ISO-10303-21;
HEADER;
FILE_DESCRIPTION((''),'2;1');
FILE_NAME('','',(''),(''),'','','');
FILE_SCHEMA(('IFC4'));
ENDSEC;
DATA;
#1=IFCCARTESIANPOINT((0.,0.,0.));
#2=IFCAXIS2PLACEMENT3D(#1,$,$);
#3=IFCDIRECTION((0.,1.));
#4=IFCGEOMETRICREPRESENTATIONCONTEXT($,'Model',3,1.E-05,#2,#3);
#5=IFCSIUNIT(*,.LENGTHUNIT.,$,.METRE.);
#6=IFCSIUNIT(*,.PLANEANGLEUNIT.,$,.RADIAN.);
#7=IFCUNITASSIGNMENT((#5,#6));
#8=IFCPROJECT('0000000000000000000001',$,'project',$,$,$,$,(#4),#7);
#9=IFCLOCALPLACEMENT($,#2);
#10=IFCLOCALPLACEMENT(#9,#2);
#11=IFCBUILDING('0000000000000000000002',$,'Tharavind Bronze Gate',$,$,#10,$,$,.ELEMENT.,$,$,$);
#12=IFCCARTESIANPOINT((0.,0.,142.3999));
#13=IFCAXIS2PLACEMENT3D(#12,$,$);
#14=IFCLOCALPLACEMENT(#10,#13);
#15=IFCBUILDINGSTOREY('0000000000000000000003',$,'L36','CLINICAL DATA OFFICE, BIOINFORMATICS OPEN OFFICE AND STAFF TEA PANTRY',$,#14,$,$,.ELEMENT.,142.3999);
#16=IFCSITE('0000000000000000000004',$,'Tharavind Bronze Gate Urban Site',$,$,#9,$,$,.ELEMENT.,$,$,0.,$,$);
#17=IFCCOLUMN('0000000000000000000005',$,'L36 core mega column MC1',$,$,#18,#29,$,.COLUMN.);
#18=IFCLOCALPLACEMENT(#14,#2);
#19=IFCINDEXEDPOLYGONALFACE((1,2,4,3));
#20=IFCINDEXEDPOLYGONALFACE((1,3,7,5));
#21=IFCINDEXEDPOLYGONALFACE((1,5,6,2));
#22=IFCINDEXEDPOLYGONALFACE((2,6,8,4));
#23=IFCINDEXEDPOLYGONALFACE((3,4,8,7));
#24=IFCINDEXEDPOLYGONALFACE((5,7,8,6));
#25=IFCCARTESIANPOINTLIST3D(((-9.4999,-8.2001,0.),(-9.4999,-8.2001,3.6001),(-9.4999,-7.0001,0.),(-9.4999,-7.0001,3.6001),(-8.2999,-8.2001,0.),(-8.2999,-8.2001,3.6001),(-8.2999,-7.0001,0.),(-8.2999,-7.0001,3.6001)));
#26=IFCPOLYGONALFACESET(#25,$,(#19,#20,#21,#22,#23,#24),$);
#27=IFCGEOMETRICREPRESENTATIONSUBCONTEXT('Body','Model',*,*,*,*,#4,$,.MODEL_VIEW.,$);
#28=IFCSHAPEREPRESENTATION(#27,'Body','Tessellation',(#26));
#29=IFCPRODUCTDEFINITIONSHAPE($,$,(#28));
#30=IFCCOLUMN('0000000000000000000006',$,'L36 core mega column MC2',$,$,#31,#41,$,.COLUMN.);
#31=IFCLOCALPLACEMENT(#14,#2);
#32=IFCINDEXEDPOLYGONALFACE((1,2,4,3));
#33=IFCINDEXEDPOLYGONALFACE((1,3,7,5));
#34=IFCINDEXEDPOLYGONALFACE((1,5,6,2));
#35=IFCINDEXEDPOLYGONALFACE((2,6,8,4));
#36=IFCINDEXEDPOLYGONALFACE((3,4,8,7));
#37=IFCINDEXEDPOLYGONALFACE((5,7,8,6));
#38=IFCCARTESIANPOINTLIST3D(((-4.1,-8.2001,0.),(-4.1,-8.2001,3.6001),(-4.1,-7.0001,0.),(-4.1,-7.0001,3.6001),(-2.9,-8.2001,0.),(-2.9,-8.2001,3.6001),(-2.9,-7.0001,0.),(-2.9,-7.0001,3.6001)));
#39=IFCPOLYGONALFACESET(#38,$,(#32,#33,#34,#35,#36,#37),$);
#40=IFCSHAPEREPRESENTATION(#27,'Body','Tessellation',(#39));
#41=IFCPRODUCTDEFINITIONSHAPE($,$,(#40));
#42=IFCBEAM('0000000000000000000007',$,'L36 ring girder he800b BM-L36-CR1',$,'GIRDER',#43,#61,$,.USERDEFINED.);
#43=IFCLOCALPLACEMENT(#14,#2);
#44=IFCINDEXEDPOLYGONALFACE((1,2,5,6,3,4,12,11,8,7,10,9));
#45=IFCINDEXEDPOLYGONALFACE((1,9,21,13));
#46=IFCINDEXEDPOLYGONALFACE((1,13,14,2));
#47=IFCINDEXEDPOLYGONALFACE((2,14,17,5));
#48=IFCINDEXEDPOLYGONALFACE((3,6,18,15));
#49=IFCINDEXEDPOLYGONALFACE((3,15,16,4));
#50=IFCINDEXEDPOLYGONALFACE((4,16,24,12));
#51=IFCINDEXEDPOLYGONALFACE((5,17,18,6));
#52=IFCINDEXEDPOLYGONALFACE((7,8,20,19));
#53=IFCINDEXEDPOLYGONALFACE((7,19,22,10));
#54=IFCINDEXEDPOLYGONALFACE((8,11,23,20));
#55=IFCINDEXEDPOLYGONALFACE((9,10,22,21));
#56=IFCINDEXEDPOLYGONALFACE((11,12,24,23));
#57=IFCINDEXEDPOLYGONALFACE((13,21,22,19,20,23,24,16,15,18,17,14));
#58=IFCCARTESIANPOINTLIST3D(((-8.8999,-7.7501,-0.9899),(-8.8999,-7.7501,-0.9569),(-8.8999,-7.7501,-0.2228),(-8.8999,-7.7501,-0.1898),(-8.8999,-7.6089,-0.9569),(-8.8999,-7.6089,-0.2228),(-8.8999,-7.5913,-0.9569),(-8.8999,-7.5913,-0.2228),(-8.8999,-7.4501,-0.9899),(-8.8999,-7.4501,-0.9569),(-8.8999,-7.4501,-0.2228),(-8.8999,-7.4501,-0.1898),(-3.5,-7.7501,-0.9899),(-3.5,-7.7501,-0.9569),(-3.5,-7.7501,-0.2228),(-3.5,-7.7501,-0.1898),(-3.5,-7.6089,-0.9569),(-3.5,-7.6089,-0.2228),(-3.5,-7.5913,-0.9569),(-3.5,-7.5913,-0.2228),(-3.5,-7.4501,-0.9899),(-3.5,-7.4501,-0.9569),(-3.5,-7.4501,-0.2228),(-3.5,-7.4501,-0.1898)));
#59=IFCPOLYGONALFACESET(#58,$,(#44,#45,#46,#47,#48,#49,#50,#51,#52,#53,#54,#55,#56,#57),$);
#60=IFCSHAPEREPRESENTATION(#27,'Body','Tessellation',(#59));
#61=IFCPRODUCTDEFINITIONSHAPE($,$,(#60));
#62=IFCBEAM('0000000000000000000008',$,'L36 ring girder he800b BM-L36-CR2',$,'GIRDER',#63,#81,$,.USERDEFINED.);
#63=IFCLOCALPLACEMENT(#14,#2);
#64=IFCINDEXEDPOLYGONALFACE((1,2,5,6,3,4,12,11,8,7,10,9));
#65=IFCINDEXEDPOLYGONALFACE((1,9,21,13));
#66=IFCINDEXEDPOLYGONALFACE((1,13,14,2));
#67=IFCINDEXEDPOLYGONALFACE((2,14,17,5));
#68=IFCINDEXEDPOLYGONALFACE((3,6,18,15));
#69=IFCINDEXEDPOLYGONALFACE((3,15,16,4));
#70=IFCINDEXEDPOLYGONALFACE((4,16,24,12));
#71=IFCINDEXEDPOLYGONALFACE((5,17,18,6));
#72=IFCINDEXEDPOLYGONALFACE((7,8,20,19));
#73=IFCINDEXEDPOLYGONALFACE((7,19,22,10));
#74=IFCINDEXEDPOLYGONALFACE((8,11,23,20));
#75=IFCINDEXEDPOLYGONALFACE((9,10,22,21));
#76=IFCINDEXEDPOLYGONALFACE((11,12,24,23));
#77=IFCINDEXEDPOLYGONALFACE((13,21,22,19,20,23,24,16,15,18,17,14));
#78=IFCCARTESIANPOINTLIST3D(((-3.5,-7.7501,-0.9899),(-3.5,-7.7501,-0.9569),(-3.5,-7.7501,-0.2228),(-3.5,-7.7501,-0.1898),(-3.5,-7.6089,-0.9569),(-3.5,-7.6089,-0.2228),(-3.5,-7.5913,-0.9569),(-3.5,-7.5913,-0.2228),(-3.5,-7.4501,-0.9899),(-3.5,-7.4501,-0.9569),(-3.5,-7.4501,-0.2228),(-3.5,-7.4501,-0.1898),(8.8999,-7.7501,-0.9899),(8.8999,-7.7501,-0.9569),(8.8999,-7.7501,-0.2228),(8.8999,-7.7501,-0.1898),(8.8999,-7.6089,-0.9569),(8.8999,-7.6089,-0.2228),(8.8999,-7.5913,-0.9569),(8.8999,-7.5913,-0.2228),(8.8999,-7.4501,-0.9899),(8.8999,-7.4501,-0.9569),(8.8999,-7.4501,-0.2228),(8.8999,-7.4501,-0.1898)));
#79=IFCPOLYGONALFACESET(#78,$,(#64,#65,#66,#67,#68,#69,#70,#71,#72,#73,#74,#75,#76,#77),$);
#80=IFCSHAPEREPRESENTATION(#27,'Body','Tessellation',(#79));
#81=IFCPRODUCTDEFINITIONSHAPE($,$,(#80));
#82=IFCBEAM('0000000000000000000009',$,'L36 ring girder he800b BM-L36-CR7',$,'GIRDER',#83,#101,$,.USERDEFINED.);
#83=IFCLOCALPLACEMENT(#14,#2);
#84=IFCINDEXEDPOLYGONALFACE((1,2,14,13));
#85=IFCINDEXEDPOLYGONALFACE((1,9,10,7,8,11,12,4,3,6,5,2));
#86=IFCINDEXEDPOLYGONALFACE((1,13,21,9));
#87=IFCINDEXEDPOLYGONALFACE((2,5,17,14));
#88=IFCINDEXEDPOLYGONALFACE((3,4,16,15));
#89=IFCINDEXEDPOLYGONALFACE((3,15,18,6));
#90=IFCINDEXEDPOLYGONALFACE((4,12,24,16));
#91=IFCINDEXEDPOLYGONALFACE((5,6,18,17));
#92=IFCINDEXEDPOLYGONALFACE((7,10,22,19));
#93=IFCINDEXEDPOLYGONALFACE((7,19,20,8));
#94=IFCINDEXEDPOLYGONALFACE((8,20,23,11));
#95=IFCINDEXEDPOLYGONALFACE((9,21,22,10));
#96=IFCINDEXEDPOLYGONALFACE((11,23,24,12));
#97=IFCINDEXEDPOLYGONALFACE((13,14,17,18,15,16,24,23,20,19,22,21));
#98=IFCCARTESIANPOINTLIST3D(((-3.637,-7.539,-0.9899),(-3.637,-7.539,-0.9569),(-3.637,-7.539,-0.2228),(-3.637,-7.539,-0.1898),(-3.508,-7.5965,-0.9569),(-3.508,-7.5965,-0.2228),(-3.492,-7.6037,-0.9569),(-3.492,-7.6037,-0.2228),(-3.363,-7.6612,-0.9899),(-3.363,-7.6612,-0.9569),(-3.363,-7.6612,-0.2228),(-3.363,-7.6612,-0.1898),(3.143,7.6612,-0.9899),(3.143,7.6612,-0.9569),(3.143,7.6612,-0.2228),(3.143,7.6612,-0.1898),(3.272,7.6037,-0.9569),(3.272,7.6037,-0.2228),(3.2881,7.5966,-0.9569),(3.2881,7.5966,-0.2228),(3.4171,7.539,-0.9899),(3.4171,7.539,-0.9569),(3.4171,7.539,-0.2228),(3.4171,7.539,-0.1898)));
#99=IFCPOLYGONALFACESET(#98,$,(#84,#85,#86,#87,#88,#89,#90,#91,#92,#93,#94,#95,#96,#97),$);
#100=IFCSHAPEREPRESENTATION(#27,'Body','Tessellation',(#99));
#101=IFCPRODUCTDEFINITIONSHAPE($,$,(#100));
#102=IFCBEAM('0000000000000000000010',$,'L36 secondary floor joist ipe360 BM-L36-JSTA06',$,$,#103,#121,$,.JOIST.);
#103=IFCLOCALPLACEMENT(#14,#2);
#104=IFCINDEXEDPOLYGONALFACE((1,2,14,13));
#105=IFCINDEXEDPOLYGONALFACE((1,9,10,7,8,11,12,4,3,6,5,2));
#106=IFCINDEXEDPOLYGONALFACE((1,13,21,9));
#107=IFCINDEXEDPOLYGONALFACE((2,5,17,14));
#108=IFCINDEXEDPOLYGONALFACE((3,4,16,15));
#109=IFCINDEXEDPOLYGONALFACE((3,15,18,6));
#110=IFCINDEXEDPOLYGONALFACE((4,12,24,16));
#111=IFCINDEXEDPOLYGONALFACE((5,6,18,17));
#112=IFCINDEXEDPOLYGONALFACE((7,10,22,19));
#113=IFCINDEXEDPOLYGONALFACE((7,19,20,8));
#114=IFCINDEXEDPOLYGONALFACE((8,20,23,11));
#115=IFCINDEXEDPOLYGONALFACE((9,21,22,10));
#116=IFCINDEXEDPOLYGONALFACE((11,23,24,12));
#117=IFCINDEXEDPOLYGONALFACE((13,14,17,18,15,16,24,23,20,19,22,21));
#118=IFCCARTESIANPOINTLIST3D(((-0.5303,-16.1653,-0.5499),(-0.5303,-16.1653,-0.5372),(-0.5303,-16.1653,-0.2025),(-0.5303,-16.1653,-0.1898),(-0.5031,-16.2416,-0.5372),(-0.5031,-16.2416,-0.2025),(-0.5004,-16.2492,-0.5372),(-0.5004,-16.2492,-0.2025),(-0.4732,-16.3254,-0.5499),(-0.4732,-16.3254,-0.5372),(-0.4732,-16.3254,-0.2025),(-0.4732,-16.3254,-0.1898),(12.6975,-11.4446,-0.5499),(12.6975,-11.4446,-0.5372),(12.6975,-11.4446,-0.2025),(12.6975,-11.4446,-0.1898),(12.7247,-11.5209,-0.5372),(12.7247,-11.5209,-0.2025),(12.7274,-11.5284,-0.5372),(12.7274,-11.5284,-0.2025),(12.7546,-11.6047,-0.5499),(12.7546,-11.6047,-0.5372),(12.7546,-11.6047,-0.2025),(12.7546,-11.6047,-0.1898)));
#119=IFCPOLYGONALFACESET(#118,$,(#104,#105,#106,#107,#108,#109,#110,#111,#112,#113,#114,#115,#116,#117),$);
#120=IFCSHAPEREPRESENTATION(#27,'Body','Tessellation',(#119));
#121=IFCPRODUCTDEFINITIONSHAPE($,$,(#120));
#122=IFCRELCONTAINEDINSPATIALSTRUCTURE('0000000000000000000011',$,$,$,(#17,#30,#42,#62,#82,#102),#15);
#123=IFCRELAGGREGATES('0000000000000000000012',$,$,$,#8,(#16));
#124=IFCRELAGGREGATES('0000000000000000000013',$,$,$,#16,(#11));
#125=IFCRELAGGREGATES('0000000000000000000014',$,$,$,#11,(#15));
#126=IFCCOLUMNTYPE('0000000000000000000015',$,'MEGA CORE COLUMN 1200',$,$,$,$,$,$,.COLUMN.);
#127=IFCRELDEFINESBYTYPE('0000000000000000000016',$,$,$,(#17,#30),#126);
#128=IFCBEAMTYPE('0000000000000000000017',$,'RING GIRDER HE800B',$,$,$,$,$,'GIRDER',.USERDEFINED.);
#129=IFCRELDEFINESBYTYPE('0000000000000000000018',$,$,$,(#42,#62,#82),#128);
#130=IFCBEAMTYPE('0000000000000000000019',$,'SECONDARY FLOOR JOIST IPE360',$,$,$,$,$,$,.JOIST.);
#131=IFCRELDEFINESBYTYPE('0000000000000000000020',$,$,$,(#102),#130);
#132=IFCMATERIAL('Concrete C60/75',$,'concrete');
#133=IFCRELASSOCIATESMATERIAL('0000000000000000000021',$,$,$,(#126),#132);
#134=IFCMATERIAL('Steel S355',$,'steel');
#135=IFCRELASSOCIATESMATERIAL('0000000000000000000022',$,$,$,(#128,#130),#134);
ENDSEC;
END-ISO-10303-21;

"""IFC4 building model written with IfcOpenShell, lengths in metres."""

from ifc_helpers import new_model, si_unit, direction, frame, origin, origin_2d, place, context, subcontext, project, spatial, rectangle, i_section, extrude, material, material_profile, profile_set, type_object, element, save


model = new_model("IFC4")

# Units and contexts
model_context = context("Model", 3, precision=1e-05, world=origin(), true_north=direction((0.0, 1.0)))
body_context = subcontext(model_context, "Body", "Model", "MODEL_VIEW")
ifc_project = project(units=[si_unit("LENGTHUNIT", "METRE"), si_unit("PLANEANGLEUNIT", "RADIAN")], contexts=[model_context])

# Site, building, storey
site_placement = place(None, origin())
site = spatial("IfcSite", under=ifc_project, at=site_placement, Name="Tharavind Bronze Gate Urban Site", CompositionType="ELEMENT", RefElevation=0.0)
building_placement = place(site_placement, origin())
building = spatial("IfcBuilding", under=site, at=building_placement, Name="Tharavind Bronze Gate", CompositionType="ELEMENT")
storey_placement = place(building_placement, frame((0.0, 0.0, 142.3999)))
storey = spatial("IfcBuildingStorey", under=building, at=storey_placement, Name="L36", Description="CLINICAL DATA OFFICE, BIOINFORMATICS OPEN OFFICE AND STAFF TEA PANTRY", CompositionType="ELEMENT", Elevation=142.3999)

# Columns
ifc_material_1 = material(Name="Concrete C60/75", Category="concrete")
ifc_material_profile_1 = material_profile(ifc_material_1, rectangle(XDim=1.2, YDim=1.2, at=origin_2d()), Name="RCCOL1200")
ifc_profile_set_1 = profile_set([ifc_material_profile_1], Name="Concrete C60/75")
column_type = type_object("IfcColumnType", Name="MEGA CORE COLUMN 1200", PredefinedType="COLUMN", material=ifc_profile_set_1)
for number, where, z_axis, x_axis, name in (
    (1, (-8.8999, -7.6001, 0.0), (0.0, 0.0, 1.0), (1.0, 0.0, 0.0), "L36 core mega column MC1"),
    (2, (-3.5, -7.6001, 0.0), (0.0, 0.0, 1.0), (1.0, 0.0, 0.0), "L36 core mega column MC2"),
):
    element("IfcColumn", number, at=place(storey_placement, frame(where, z_axis=z_axis, x_axis=x_axis)), inside=storey, type_object=column_type, Name=name, PredefinedType="COLUMN", context=body_context, shape_type="SweptSolid", body=[
        extrude(rectangle(XDim=1.2, YDim=1.2, at=origin_2d()), origin(), (0.0, 0.0, 1.0), 3.6001),
    ])

# Beams
ifc_material_2 = material(Name="Steel S355", Category="steel")
ifc_material_profile_2 = material_profile(ifc_material_2, i_section(OverallWidth=0.3, OverallDepth=0.8, WebThickness=0.0176, FlangeThickness=0.033, at=origin_2d()), Name="HE800B")
ifc_profile_set_2 = profile_set([ifc_material_profile_2], Name="Steel S355")
beam_type_1 = type_object("IfcBeamType", Name="RING GIRDER HE800B", ElementType="GIRDER", PredefinedType="USERDEFINED", material=ifc_profile_set_2)
beam_1_placement = place(storey_placement, frame((-8.8999, -7.6001, -0.5898), z_axis=(1.0, 0.0, 0.0), x_axis=(0.0, 1.0, 0.0)))
element("IfcBeam", 3, at=beam_1_placement, inside=storey, type_object=beam_type_1, Name="L36 ring girder he800b BM-L36-CR1", ObjectType="GIRDER", PredefinedType="USERDEFINED", context=body_context, shape_type="SweptSolid", body=[
    extrude(i_section(OverallWidth=0.3, OverallDepth=0.8, WebThickness=0.0176, FlangeThickness=0.033, at=origin_2d()), origin(), (0.0, 0.0, 1.0), 5.3999),
])
beam_2_placement = place(storey_placement, frame((-3.5, -7.6001, -0.5898), z_axis=(1.0, 0.0, 0.0), x_axis=(0.0, 1.0, 0.0)))
element("IfcBeam", 4, at=beam_2_placement, inside=storey, type_object=beam_type_1, Name="L36 ring girder he800b BM-L36-CR2", ObjectType="GIRDER", PredefinedType="USERDEFINED", context=body_context, shape_type="SweptSolid", body=[
    extrude(i_section(OverallWidth=0.3, OverallDepth=0.8, WebThickness=0.0176, FlangeThickness=0.033, at=origin_2d()), origin(), (0.0, 0.0, 1.0), 12.3999),
])
beam_3_placement = place(storey_placement, frame((-3.5, -7.6001, -0.5898), z_axis=(0.407362, 0.913267, 0.0), x_axis=(-0.913267, 0.407362, 0.0)))
element("IfcBeam", 5, at=beam_3_placement, inside=storey, type_object=beam_type_1, Name="L36 ring girder he800b BM-L36-CR7", ObjectType="GIRDER", PredefinedType="USERDEFINED", context=body_context, shape_type="SweptSolid", body=[
    extrude(i_section(OverallWidth=0.3, OverallDepth=0.8, WebThickness=0.0176, FlangeThickness=0.033, at=origin_2d()), origin(), (0.0, 0.0, 1.0), 16.6438),
])
ifc_material_profile_3 = material_profile(ifc_material_2, i_section(OverallWidth=0.1699, OverallDepth=0.3601, WebThickness=0.0081, FlangeThickness=0.0127, at=origin_2d()), Name="IPE360")
ifc_profile_set_3 = profile_set([ifc_material_profile_3], Name="Steel S355")
beam_type_2 = type_object("IfcBeamType", Name="SECONDARY FLOOR JOIST IPE360", PredefinedType="JOIST", material=ifc_profile_set_3)
beam_4_placement = place(storey_placement, frame((-0.5017, -16.2454, -0.3699), z_axis=(0.941821, 0.336115, 0.0), x_axis=(-0.336115, 0.941821, 0.0)))
element("IfcBeam", 6, at=beam_4_placement, inside=storey, type_object=beam_type_2, Name="L36 secondary floor joist ipe360 BM-L36-JSTA06", PredefinedType="JOIST", context=body_context, shape_type="SweptSolid", body=[
    extrude(i_section(OverallWidth=0.1699, OverallDepth=0.3601, WebThickness=0.0081, FlangeThickness=0.0127, at=origin_2d()), origin(), (0.0, 0.0, 1.0), 14.0449),
])

save(model, "model.ifc")
